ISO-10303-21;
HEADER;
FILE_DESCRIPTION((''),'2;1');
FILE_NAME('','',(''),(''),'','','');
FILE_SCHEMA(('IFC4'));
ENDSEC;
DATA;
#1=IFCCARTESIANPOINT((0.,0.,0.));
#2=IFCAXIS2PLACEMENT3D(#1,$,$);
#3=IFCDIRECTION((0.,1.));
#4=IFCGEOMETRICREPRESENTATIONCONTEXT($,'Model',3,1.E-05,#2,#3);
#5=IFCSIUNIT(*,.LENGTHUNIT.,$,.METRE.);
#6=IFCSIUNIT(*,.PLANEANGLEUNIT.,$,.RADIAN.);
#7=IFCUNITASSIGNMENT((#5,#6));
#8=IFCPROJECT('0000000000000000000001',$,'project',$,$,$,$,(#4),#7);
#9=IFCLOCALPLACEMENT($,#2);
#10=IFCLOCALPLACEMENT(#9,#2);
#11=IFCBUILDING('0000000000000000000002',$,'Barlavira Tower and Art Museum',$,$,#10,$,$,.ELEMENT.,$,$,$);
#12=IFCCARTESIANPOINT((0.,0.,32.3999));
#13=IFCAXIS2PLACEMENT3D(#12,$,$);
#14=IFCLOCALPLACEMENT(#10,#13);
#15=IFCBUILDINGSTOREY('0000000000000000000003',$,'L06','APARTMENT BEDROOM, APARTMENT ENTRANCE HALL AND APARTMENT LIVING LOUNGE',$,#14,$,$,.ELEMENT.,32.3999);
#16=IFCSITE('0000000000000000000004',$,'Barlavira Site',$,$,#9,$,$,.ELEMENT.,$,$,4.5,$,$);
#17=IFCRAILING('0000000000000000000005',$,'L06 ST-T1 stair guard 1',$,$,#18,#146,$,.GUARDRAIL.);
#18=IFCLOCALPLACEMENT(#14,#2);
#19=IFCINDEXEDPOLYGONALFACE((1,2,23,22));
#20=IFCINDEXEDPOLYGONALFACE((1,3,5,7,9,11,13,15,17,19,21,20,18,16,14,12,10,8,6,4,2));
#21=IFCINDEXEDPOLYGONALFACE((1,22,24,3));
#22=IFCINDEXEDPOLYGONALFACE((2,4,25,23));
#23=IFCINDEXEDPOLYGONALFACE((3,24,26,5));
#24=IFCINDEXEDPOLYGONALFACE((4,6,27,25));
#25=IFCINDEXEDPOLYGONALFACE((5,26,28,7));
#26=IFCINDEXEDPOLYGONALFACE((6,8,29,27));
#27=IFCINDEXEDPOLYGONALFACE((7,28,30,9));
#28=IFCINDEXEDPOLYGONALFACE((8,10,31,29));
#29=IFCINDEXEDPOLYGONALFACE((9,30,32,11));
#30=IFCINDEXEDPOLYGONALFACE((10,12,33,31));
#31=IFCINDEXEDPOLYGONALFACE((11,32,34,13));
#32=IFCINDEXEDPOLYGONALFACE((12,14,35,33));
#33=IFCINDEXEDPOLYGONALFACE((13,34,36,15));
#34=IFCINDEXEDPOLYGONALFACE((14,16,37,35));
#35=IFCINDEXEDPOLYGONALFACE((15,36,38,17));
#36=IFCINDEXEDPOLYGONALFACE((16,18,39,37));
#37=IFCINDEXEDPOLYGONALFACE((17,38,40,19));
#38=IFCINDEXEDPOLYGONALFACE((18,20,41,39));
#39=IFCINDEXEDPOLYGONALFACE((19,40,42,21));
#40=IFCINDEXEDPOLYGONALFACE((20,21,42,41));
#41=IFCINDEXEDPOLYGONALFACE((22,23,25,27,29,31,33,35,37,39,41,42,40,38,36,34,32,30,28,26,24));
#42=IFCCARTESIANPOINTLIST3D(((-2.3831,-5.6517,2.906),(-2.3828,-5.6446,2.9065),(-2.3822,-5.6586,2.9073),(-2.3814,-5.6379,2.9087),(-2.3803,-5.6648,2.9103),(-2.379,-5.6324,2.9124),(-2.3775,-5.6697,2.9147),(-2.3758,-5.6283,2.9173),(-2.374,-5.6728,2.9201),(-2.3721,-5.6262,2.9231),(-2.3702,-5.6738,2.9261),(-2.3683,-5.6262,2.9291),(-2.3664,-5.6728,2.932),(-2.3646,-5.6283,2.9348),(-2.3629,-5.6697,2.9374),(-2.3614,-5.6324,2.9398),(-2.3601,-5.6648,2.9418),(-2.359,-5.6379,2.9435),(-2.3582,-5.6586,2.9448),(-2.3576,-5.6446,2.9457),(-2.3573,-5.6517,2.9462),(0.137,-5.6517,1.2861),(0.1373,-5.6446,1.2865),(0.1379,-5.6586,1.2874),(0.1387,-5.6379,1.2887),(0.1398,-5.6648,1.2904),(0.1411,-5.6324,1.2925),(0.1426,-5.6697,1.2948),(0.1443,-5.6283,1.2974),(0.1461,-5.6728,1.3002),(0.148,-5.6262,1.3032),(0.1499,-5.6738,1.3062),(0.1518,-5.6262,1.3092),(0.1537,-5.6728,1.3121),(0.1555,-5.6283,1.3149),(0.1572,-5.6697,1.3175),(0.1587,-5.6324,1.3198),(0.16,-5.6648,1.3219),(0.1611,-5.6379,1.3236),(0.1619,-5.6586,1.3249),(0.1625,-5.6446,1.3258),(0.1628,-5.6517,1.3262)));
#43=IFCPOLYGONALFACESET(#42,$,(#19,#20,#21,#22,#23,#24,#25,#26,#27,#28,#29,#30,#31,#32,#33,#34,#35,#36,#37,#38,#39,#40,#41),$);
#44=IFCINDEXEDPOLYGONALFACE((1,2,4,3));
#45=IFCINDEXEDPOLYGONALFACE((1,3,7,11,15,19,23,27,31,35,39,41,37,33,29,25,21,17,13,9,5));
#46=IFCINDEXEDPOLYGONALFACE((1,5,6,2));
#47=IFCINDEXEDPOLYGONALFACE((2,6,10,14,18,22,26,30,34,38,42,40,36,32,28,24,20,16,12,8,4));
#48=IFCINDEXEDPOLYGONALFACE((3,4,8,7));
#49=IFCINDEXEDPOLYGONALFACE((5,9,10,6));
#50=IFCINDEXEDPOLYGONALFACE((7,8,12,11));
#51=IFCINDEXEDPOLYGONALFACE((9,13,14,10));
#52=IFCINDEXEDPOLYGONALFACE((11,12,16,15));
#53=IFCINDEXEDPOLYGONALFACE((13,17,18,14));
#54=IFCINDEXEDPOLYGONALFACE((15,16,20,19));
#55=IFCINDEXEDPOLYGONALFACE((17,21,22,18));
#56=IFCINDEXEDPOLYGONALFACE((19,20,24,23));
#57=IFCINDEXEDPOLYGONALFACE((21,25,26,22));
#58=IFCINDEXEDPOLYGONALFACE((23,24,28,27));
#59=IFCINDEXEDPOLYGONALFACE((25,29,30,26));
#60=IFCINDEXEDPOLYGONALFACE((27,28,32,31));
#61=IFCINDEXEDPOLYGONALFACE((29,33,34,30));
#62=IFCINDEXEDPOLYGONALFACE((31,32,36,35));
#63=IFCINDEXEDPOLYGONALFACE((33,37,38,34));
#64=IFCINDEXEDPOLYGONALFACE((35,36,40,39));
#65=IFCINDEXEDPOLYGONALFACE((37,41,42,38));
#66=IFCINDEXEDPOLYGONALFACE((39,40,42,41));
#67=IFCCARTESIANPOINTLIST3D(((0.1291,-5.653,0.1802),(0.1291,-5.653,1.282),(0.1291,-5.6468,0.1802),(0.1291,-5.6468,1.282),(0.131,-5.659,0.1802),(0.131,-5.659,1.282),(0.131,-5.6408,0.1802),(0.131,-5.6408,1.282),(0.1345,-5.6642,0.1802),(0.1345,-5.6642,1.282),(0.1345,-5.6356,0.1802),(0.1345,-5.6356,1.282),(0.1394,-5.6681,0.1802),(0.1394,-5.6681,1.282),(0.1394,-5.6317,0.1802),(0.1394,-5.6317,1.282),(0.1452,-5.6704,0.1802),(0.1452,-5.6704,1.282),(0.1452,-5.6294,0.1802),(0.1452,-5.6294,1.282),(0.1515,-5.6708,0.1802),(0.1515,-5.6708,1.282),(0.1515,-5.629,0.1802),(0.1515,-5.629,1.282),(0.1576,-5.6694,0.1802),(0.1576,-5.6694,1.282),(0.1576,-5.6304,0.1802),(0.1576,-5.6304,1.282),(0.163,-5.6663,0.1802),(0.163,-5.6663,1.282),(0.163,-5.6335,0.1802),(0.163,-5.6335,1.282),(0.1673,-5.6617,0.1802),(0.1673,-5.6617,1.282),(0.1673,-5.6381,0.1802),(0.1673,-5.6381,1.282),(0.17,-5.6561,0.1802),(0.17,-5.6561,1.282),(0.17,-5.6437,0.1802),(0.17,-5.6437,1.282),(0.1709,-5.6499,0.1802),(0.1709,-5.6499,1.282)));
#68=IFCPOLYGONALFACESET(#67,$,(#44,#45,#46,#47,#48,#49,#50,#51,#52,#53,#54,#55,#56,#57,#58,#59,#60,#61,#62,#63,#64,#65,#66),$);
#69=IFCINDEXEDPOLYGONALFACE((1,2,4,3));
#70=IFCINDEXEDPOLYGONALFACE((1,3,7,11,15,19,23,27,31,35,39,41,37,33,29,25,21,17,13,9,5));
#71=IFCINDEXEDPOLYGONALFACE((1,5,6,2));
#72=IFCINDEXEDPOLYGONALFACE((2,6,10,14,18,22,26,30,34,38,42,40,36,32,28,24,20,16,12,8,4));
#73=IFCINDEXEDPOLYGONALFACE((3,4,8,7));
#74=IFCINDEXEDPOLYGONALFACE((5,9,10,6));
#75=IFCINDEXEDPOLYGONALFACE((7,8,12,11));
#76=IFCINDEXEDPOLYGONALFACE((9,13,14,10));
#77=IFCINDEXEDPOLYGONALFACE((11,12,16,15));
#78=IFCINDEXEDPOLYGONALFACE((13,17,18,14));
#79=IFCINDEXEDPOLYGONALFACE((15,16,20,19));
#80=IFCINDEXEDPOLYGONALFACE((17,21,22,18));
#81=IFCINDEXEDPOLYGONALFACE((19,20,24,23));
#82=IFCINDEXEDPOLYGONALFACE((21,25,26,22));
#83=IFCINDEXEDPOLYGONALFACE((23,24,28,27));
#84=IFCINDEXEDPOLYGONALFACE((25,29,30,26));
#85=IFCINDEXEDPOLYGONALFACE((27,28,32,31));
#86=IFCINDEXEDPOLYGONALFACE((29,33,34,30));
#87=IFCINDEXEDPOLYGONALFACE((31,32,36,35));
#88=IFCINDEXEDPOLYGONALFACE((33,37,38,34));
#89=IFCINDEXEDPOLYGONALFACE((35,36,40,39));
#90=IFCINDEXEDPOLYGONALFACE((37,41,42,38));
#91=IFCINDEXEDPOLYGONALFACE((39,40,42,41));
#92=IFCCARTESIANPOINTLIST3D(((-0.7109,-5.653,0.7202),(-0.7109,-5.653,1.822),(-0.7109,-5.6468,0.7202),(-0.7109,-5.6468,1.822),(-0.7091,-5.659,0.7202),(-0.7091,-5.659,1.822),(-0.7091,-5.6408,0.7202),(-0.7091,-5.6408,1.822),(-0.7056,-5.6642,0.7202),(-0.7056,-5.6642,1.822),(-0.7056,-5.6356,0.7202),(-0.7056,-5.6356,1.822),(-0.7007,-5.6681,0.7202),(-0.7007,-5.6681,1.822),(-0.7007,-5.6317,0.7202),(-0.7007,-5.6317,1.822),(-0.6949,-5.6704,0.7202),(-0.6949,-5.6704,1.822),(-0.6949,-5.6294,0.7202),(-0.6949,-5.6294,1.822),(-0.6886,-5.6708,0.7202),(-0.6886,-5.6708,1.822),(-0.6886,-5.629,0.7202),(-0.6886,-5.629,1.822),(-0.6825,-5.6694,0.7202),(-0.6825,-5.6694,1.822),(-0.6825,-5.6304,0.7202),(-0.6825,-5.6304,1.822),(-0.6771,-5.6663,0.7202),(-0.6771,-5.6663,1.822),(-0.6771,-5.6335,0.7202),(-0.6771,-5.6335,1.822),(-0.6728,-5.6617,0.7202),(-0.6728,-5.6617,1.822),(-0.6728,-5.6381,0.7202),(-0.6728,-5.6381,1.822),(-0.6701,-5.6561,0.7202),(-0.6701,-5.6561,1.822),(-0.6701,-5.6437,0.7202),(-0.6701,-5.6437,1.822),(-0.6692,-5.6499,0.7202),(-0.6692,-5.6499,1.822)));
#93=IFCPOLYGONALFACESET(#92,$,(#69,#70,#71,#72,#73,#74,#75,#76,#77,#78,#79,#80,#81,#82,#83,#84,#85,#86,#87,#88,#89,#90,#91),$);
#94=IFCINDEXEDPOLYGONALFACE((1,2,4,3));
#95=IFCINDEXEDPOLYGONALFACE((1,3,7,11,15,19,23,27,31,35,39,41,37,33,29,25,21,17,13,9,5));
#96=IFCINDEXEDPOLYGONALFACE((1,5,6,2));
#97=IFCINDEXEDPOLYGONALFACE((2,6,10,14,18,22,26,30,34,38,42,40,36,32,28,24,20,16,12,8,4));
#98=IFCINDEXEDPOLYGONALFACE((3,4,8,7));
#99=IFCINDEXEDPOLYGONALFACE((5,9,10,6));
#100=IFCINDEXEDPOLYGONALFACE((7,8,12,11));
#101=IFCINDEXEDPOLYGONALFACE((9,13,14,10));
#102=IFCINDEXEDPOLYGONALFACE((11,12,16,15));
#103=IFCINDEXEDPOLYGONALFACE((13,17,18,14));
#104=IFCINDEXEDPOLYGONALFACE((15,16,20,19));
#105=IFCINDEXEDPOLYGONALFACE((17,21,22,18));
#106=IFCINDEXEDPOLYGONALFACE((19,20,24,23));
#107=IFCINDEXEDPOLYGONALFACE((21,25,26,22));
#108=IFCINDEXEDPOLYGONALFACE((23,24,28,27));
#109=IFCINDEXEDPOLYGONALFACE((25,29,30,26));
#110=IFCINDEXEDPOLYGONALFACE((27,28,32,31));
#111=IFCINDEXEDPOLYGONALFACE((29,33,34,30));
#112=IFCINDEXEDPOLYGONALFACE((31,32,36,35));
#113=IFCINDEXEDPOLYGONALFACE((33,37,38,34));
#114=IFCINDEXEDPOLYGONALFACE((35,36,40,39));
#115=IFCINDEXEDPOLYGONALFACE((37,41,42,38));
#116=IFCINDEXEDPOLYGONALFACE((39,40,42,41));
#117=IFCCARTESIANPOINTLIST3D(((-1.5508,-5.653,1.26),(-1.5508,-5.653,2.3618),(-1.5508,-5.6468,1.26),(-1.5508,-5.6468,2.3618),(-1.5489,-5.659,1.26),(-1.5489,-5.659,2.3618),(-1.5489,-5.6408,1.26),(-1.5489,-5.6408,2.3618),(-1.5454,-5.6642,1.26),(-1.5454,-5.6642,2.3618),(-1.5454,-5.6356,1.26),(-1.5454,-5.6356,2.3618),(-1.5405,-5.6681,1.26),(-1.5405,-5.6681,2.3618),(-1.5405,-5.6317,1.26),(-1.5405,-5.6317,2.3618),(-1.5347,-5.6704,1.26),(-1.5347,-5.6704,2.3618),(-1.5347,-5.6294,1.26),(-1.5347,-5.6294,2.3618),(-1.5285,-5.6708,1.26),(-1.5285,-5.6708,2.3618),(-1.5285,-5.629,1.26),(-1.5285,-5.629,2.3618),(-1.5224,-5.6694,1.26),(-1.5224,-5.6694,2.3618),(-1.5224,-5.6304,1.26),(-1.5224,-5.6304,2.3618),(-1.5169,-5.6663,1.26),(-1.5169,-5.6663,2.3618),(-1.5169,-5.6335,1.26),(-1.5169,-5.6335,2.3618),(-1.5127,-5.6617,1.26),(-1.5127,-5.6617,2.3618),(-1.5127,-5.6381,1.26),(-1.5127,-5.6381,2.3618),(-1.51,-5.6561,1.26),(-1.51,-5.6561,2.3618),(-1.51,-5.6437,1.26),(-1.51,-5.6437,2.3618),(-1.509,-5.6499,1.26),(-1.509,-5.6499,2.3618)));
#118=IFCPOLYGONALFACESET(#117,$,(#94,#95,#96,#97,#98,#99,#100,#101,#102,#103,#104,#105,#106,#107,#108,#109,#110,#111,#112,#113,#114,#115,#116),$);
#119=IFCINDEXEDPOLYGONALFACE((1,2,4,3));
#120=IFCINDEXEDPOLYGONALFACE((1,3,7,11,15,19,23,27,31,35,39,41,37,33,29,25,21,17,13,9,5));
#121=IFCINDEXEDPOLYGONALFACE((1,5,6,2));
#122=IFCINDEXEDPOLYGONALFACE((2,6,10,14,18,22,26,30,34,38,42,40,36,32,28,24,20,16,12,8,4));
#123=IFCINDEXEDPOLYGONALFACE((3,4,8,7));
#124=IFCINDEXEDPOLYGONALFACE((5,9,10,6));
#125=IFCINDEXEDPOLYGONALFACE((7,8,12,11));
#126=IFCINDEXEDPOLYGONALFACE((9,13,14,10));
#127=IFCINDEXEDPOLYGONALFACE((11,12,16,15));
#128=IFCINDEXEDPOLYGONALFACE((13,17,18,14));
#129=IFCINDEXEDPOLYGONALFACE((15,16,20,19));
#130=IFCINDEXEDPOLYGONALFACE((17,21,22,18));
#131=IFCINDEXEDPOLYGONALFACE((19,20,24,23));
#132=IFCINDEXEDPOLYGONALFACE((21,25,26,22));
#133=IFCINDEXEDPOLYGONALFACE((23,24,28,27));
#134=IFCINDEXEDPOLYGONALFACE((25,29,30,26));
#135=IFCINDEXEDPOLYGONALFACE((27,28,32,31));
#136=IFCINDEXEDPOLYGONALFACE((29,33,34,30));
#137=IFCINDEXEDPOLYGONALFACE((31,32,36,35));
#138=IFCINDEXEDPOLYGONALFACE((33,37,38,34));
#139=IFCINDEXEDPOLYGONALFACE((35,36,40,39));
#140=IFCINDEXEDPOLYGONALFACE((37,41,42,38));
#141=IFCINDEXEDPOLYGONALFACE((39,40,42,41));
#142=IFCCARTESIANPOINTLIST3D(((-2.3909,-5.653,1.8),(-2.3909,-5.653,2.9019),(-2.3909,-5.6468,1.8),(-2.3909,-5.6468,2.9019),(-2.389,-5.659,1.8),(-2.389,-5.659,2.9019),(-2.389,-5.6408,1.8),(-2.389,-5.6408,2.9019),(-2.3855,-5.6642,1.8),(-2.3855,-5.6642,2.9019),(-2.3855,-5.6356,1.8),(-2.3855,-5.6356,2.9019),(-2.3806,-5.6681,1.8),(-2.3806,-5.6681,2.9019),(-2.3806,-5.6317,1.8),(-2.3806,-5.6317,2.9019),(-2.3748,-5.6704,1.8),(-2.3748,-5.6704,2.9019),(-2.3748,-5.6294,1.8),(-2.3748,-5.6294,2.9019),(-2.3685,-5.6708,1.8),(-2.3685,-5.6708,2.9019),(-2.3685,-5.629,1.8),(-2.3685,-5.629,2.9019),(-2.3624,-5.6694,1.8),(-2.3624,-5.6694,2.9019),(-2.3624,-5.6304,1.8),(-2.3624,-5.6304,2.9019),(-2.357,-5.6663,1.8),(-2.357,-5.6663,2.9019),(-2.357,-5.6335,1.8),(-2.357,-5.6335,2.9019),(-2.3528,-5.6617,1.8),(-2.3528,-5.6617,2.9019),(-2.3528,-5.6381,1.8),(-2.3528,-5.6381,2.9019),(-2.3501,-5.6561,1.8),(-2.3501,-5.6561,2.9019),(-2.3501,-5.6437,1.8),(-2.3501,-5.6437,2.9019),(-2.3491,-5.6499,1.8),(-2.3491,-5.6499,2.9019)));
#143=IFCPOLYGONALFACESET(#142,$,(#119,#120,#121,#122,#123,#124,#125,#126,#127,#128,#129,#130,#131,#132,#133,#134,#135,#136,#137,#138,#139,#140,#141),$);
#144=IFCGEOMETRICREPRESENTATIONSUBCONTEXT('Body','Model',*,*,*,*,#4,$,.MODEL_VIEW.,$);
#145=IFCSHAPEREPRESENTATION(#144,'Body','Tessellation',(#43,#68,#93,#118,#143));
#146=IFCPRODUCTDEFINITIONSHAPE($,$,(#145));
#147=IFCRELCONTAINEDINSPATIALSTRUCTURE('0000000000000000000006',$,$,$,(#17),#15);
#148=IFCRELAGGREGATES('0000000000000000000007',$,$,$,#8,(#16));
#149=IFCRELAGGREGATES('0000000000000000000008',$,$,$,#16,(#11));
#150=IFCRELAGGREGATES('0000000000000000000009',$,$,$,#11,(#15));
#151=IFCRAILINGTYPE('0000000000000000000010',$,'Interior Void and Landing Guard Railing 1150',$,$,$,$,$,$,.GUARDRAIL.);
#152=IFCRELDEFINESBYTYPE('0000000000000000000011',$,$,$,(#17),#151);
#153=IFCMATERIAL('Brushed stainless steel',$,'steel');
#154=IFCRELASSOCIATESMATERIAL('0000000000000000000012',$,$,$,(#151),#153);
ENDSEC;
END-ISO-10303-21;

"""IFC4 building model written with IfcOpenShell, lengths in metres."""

from ifc_helpers import new_model, si_unit, direction, frame, origin, origin_2d, place, context, subcontext, project, spatial, circle, extrude, material, type_object, element, save


model = new_model("IFC4")

# Units and contexts
model_context = context("Model", 3, precision=1e-05, world=origin(), true_north=direction((0.0, 1.0)))
body_context = subcontext(model_context, "Body", "Model", "MODEL_VIEW")
ifc_project = project(units=[si_unit("LENGTHUNIT", "METRE"), si_unit("PLANEANGLEUNIT", "RADIAN")], contexts=[model_context])

# Site, building, storey
site_placement = place(None, origin())
site = spatial("IfcSite", under=ifc_project, at=site_placement, Name="Barlavira Site", CompositionType="ELEMENT", RefElevation=4.5)
building_placement = place(site_placement, origin())
building = spatial("IfcBuilding", under=site, at=building_placement, Name="Barlavira Tower and Art Museum", CompositionType="ELEMENT")
storey_placement = place(building_placement, frame((0.0, 0.0, 32.3999)))
storey = spatial("IfcBuildingStorey", under=building, at=storey_placement, Name="L06", Description="APARTMENT BEDROOM, APARTMENT ENTRANCE HALL AND APARTMENT LIVING LOUNGE", CompositionType="ELEMENT", Elevation=32.3999)

# Shared definitions
ifc_material_1 = material(Name="Brushed stainless steel", Category="steel")

# Railing
railing_type_1 = type_object("IfcRailingType", Name="Interior Void and Landing Guard Railing 1150", PredefinedType="GUARDRAIL", material=ifc_material_1)
railing_1_placement = place(storey_placement, frame((0.1499, -5.6499, 0.1802)))
element("IfcRailing", 1, at=railing_1_placement, inside=storey, type_object=railing_type_1, Name="L06 ST-T1 stair guard 1", PredefinedType="GUARDRAIL", context=body_context, shape_type="SweptSolid", body=[
    extrude(circle(Radius=0.0239, at=origin_2d()), frame((0.0, 0.0, 1.126), z_axis=(-0.8412, 0.0, 0.540725), x_axis=(0.0, -1.0, 0.0)), (0.0, 0.0, 1.0), 2.9958),
    extrude(circle(Radius=0.021, at=origin_2d()), origin(), (0.0, 0.0, 1.0), 1.1018),
    extrude(circle(Radius=0.021, at=origin_2d()), frame((-0.8401, 0.0, 0.54)), (0.0, 0.0, 1.0), 1.1018),
    extrude(circle(Radius=0.021, at=origin_2d()), frame((-1.6799, 0.0, 1.0798)), (0.0, 0.0, 1.0), 1.1018),
    extrude(circle(Radius=0.021, at=origin_2d()), frame((-2.52, 0.0, 1.6199)), (0.0, 0.0, 1.0), 1.1018),
])

save(model, "model.ifc")
